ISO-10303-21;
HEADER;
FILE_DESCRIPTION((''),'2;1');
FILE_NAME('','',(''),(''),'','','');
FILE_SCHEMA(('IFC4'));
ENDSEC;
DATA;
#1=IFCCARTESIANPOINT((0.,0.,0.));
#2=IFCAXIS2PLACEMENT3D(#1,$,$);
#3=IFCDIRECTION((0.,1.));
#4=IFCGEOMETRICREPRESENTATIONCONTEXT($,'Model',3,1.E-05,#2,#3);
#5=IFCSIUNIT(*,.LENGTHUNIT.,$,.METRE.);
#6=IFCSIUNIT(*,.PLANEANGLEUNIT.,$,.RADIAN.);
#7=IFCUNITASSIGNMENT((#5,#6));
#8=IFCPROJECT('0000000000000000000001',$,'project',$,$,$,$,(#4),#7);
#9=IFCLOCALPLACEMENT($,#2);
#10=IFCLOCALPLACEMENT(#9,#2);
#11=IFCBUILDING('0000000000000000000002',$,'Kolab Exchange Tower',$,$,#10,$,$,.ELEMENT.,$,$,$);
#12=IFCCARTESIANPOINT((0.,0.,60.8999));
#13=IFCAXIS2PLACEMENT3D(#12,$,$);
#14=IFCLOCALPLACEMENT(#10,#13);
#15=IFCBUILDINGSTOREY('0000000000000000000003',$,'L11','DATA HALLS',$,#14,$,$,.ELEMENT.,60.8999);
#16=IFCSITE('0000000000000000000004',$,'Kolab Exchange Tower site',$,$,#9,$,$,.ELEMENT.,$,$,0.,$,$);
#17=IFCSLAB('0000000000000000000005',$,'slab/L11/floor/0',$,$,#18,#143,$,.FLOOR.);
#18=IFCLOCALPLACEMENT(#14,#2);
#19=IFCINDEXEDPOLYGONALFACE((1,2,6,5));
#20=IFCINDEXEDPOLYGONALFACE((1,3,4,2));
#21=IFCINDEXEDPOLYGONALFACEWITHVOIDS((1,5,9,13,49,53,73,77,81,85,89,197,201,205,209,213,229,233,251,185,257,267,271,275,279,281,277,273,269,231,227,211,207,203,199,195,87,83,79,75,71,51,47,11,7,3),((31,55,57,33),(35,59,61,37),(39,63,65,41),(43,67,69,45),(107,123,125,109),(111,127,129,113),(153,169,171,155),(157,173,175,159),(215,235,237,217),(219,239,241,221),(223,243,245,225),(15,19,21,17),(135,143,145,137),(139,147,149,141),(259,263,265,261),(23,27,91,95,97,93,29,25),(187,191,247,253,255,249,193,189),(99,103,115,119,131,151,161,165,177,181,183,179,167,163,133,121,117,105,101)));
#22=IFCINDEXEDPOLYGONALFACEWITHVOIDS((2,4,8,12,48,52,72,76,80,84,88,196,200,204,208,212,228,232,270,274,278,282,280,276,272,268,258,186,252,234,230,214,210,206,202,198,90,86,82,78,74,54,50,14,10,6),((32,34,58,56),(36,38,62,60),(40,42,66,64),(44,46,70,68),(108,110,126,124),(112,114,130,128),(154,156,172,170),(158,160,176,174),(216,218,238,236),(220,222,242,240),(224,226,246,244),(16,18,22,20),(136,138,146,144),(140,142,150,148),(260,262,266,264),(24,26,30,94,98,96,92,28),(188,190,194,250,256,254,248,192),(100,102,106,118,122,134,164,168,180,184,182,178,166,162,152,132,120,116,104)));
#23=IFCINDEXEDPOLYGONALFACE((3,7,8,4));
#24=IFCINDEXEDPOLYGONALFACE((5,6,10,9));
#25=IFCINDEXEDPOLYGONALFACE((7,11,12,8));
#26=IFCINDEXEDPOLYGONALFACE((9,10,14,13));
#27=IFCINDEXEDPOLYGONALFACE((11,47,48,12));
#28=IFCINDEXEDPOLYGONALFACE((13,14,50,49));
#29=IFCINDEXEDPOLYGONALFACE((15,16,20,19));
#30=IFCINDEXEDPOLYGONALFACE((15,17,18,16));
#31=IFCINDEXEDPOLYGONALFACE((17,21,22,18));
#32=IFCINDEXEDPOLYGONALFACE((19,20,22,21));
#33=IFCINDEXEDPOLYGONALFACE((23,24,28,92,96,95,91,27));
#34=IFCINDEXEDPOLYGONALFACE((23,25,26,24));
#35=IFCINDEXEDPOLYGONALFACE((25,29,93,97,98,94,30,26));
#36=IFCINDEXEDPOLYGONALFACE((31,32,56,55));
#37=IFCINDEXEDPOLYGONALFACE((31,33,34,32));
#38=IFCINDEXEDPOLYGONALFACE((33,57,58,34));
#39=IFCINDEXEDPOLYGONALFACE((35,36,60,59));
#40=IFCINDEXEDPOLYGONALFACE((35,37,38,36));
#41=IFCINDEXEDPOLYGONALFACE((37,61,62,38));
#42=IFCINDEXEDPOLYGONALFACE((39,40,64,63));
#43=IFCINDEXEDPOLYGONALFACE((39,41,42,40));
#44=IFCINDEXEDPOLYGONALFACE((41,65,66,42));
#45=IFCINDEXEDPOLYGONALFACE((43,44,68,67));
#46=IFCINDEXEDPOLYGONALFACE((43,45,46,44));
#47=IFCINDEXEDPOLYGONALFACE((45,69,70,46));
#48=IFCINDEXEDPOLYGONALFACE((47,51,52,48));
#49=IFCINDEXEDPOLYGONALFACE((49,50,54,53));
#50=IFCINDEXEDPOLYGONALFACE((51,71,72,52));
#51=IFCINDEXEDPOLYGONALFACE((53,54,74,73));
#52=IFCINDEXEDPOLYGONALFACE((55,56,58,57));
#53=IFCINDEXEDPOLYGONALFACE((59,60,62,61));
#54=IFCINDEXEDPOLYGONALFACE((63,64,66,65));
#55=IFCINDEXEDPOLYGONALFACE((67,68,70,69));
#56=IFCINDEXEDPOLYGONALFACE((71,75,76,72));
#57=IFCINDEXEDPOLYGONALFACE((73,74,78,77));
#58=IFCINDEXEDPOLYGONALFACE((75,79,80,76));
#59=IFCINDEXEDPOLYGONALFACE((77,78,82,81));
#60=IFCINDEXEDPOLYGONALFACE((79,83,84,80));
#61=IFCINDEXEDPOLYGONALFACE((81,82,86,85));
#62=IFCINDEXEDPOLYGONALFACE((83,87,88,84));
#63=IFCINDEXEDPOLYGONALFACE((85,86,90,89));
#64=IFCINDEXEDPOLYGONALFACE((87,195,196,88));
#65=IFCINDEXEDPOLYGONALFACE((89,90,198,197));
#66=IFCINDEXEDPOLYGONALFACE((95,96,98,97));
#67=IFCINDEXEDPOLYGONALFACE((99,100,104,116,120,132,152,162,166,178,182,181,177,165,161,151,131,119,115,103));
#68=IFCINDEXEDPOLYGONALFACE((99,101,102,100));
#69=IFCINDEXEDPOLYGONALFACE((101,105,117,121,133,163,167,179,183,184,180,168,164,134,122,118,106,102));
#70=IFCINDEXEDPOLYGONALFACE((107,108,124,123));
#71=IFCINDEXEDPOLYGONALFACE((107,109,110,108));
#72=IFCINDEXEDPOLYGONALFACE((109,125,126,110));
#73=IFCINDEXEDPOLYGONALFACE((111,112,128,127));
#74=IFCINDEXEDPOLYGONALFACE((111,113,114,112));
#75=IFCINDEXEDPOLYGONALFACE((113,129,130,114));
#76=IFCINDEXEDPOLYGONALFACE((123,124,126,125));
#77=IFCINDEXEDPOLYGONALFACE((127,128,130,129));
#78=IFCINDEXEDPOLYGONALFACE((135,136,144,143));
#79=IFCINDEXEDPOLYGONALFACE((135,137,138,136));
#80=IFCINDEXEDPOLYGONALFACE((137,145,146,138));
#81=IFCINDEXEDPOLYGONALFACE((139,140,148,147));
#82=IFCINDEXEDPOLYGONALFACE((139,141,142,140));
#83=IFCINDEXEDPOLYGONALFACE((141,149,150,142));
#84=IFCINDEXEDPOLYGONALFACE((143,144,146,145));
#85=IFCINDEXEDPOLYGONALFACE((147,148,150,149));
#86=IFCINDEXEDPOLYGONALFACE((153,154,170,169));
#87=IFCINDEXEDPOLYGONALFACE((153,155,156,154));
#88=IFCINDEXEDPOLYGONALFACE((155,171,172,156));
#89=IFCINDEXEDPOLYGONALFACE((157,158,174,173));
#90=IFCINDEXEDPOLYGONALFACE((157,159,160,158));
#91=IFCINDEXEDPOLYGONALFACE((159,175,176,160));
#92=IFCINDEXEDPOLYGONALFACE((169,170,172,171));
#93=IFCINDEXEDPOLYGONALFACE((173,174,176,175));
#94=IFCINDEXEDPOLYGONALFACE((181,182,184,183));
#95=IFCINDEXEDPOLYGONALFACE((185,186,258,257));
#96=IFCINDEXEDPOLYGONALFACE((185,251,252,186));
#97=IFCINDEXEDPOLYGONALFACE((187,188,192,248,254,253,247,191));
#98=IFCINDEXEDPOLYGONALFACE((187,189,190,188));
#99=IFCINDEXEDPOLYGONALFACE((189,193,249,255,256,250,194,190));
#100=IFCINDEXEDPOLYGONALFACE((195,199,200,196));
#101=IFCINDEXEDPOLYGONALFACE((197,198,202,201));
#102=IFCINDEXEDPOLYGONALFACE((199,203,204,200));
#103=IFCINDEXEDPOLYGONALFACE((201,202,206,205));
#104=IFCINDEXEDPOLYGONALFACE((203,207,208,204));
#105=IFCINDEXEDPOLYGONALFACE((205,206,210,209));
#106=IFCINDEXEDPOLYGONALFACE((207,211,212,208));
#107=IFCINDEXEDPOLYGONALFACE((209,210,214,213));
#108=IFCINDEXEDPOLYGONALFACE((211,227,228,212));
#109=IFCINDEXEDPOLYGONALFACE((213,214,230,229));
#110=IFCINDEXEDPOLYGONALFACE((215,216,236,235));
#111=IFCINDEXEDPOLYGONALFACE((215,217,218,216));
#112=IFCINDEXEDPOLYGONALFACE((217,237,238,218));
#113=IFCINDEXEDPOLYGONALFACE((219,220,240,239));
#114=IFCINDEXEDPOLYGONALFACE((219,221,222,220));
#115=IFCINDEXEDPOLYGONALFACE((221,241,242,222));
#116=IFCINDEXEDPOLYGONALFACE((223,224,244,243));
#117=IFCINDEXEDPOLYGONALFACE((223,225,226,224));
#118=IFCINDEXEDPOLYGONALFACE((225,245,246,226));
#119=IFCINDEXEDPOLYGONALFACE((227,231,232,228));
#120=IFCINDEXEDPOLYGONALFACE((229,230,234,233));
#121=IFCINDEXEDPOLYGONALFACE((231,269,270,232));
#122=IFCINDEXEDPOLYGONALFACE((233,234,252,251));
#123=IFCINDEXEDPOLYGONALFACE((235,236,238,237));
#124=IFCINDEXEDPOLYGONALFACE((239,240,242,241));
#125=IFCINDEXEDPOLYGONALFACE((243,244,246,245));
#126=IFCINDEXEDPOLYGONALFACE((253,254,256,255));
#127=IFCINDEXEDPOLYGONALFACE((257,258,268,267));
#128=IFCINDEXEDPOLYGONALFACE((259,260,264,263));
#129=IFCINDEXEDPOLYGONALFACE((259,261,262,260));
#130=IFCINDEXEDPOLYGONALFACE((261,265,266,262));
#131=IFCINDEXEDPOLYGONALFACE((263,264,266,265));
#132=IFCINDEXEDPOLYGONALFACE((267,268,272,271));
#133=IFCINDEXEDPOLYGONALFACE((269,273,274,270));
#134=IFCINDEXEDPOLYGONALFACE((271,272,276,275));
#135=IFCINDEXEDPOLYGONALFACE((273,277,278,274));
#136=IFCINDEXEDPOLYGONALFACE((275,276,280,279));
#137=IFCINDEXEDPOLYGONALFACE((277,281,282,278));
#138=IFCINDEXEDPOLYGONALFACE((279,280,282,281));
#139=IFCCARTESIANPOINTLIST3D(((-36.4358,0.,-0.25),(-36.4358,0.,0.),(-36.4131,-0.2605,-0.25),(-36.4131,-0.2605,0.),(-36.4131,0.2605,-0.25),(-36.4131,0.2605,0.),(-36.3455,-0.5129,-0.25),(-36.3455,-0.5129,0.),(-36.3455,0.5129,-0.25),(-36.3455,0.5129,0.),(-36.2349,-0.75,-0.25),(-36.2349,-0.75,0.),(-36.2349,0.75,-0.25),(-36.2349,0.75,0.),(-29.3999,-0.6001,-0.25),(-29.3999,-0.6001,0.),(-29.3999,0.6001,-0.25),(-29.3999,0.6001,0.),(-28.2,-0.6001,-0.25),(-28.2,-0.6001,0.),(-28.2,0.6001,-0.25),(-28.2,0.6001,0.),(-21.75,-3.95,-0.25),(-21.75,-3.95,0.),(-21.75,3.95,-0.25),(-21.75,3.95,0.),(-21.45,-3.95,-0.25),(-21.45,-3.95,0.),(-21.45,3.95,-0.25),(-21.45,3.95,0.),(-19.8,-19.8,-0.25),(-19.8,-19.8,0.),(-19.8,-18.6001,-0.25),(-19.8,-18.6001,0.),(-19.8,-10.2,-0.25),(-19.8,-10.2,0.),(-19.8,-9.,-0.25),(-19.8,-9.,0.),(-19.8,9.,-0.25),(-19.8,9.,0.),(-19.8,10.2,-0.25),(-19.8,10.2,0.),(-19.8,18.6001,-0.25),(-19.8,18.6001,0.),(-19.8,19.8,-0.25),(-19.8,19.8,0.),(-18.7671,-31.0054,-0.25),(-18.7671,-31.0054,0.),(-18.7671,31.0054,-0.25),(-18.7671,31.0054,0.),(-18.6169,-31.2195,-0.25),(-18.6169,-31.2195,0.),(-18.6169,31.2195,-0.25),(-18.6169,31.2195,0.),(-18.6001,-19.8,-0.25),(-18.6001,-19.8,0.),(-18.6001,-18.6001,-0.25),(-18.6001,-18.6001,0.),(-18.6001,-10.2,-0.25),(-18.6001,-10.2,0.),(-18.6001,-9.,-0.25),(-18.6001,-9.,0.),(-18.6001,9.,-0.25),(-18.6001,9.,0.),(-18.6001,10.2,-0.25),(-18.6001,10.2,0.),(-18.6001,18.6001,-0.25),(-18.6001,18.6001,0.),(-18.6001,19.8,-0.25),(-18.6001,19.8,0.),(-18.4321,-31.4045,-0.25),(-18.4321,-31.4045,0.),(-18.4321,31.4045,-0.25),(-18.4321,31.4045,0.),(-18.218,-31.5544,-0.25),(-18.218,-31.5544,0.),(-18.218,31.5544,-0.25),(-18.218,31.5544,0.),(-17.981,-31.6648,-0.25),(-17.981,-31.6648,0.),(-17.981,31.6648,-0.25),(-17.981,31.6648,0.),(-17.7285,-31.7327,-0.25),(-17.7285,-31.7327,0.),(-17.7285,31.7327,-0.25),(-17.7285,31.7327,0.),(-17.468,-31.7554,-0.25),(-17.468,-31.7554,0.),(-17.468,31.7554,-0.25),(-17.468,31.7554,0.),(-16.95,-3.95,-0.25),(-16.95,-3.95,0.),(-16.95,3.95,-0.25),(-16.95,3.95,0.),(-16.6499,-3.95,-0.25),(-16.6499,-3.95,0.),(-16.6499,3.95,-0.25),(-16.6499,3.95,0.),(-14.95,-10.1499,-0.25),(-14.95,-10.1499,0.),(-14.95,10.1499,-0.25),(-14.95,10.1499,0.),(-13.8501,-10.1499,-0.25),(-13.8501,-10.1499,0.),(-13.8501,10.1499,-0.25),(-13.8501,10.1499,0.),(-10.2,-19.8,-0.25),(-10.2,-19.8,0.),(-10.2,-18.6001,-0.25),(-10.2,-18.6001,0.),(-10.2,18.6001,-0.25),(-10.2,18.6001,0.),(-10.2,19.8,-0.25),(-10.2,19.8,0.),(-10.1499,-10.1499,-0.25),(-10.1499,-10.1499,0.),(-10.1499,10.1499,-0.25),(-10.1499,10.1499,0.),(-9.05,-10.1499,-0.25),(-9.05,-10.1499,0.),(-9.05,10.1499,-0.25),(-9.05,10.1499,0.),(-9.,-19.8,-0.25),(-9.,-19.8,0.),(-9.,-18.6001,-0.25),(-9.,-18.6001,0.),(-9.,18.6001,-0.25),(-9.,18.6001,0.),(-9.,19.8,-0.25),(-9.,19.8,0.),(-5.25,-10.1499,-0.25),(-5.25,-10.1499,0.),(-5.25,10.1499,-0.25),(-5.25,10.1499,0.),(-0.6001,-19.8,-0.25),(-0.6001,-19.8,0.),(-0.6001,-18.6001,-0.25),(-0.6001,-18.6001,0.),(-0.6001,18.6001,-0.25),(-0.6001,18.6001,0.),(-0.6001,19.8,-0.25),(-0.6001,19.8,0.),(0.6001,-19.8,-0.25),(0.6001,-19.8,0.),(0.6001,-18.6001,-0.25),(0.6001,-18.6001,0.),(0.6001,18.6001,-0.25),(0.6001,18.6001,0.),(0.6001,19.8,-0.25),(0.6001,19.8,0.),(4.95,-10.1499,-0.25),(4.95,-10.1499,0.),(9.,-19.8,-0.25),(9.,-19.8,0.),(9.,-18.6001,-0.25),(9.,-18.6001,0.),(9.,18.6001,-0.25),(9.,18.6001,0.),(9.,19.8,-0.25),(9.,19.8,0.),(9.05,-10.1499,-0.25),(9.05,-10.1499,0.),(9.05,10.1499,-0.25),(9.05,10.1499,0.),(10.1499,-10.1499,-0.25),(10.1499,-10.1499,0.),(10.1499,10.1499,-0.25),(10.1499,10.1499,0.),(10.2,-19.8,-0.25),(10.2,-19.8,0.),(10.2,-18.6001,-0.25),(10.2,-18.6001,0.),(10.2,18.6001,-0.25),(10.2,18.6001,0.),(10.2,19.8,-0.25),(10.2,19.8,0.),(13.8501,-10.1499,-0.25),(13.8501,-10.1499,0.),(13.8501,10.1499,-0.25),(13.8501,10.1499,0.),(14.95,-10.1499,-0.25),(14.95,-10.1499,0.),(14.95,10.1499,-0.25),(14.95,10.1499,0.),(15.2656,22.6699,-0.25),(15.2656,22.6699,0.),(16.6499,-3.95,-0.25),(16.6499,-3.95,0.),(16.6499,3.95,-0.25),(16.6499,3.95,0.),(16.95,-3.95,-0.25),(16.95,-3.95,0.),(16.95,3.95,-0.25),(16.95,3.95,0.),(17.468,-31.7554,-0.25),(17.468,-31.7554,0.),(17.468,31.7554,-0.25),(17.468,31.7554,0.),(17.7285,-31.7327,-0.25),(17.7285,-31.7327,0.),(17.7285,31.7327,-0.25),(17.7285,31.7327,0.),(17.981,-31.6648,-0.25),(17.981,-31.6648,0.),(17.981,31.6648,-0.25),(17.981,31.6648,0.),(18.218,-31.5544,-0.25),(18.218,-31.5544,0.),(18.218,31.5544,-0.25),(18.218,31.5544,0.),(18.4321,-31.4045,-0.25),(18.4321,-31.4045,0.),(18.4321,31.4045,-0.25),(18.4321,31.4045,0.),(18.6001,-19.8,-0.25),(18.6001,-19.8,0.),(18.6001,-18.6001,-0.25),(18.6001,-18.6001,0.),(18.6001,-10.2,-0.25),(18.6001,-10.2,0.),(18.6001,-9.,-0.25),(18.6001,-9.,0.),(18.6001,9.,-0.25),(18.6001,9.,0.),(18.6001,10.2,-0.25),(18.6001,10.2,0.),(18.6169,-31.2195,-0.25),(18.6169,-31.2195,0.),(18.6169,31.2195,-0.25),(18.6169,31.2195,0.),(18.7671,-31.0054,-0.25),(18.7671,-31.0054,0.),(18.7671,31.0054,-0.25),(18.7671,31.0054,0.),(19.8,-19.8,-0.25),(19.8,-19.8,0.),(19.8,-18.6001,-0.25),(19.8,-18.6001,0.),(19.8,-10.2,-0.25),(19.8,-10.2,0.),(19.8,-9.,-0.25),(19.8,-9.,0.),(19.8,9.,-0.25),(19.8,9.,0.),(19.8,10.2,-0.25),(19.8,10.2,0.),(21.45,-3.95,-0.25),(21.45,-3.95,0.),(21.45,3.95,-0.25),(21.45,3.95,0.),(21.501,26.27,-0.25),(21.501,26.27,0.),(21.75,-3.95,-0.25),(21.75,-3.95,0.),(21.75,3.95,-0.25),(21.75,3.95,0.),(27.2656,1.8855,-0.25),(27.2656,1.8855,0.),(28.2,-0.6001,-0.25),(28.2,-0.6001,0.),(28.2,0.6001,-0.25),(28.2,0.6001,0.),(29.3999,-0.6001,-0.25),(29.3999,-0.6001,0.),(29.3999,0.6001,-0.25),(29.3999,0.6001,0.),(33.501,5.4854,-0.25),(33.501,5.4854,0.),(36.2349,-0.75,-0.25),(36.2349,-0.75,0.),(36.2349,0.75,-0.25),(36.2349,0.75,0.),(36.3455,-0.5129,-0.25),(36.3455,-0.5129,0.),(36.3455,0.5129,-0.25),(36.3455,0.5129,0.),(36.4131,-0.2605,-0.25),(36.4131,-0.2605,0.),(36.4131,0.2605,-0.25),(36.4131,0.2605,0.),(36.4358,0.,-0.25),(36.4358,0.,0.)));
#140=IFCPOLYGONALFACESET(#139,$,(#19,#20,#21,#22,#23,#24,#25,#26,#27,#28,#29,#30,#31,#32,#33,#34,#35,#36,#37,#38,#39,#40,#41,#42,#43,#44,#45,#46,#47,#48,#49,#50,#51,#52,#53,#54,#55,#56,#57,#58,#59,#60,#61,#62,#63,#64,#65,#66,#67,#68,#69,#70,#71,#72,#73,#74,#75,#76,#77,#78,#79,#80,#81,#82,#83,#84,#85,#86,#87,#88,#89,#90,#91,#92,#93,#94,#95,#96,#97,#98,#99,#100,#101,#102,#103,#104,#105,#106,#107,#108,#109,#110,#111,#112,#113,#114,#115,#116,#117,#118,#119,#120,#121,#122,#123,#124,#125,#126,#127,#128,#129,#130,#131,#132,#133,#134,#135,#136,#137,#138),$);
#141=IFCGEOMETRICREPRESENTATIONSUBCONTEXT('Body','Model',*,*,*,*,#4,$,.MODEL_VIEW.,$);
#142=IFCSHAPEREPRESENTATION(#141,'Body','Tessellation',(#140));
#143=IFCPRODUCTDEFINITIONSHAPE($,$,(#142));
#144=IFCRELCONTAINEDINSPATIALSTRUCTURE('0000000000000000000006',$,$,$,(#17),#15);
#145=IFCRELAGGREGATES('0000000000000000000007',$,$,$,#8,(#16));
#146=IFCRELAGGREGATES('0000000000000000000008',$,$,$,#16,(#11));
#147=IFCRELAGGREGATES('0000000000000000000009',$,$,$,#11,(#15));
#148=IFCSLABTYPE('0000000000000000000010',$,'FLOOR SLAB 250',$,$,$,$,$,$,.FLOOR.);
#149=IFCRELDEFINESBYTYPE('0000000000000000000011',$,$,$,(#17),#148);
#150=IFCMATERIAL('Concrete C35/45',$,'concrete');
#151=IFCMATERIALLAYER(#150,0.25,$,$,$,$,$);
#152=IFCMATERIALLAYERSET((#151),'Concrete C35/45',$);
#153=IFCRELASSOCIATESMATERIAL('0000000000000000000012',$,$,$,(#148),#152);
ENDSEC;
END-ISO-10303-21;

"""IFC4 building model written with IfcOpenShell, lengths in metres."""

from ifc_helpers import new_model, si_unit, direction, frame, origin, place, context, subcontext, project, spatial, polyline, outline, extrude, material, layer, layer_set, type_object, element, save


model = new_model("IFC4")

# Units and contexts
model_context = context("Model", 3, precision=1e-05, world=origin(), true_north=direction((0.0, 1.0)))
body_context = subcontext(model_context, "Body", "Model", "MODEL_VIEW")
ifc_project = project(units=[si_unit("LENGTHUNIT", "METRE"), si_unit("PLANEANGLEUNIT", "RADIAN")], contexts=[model_context])

# Site, building, storey
site_placement = place(None, origin())
site = spatial("IfcSite", under=ifc_project, at=site_placement, Name="Kolab Exchange Tower site", CompositionType="ELEMENT", RefElevation=0.0)
building_placement = place(site_placement, origin())
building = spatial("IfcBuilding", under=site, at=building_placement, Name="Kolab Exchange Tower", CompositionType="ELEMENT")
storey_placement = place(building_placement, frame((0.0, 0.0, 60.8999)))
storey = spatial("IfcBuildingStorey", under=building, at=storey_placement, Name="L11", Description="DATA HALLS", CompositionType="ELEMENT", Elevation=60.8999)

# Slab
ifc_material_1 = material(Name="Concrete C35/45", Category="concrete")
ifc_layer_1 = layer(ifc_material_1, 0.25)
ifc_layer_set_1 = layer_set([ifc_layer_1], Name="Concrete C35/45")
slab_type = type_object("IfcSlabType", Name="FLOOR SLAB 250", PredefinedType="FLOOR", material=ifc_layer_set_1)
slab_1_placement = place(storey_placement, frame((0.0, 0.0, -0.25)))
element("IfcSlab", 1, at=slab_1_placement, inside=storey, type_object=slab_type, Name="slab/L11/floor/0", PredefinedType="FLOOR", context=body_context, shape_type="SweptSolid", body=[
    extrude(outline(polyline([(36.2349, 0.75), (33.501, 5.4854), (27.2656, 1.8855), (15.2656, 22.6699), (21.501, 26.27), (18.7671, 31.0054), (18.6169, 31.2195), (18.4321, 31.4045), (18.218, 31.5544), (17.981, 31.6648), (17.7285, 31.7327), (17.468, 31.7554), (-17.468, 31.7554), (-17.7285, 31.7327), (-17.981, 31.6648), (-18.218, 31.5544), (-18.4321, 31.4045), (-18.6169, 31.2195), (-18.7671, 31.0054), (-36.2349, 0.75), (-36.3455, 0.5129), (-36.4131, 0.2605), (-36.4358, 0.0), (-36.4131, -0.2605), (-36.3455, -0.5129), (-36.2349, -0.75), (-18.7671, -31.0054), (-18.6169, -31.2195), (-18.4321, -31.4045), (-18.218, -31.5544), (-17.981, -31.6648), (-17.7285, -31.7327), (-17.468, -31.7554), (17.468, -31.7554), (17.7285, -31.7327), (17.981, -31.6648), (18.218, -31.5544), (18.4321, -31.4045), (18.6169, -31.2195), (18.7671, -31.0054), (36.2349, -0.75), (36.3455, -0.5129), (36.4131, -0.2605), (36.4358, 0.0), (36.4131, 0.2605), (36.3455, 0.5129), (36.2349, 0.75)]), holes=[polyline([(-19.8, -18.6001), (-18.6001, -18.6001), (-18.6001, -19.8), (-19.8, -19.8), (-19.8, -18.6001)]), polyline([(-18.6001, -9.0), (-18.6001, -10.2), (-19.8, -10.2), (-19.8, -9.0), (-18.6001, -9.0)]), polyline([(-21.75, -3.95), (-21.75, 3.95), (-21.45, 3.95), (-16.95, 3.95), (-16.6499, 3.95), (-16.6499, -3.95), (-16.95, -3.95), (-21.45, -3.95), (-21.75, -3.95)]), polyline([(-14.95, 10.1499), (-13.8501, 10.1499), (-10.1499, 10.1499), (-9.05, 10.1499), (-5.25, 10.1499), (9.05, 10.1499), (10.1499, 10.1499), (13.8501, 10.1499), (14.95, 10.1499), (14.95, -10.1499), (13.8501, -10.1499), (10.1499, -10.1499), (9.05, -10.1499), (4.95, -10.1499), (-5.25, -10.1499), (-9.05, -10.1499), (-10.1499, -10.1499), (-13.8501, -10.1499), (-14.95, -10.1499), (-14.95, 10.1499)]), polyline([(-28.2, 0.6001), (-28.2, -0.6001), (-29.3999, -0.6001), (-29.3999, 0.6001), (-28.2, 0.6001)]), polyline([(-18.6001, 10.2), (-18.6001, 9.0), (-19.8, 9.0), (-19.8, 10.2), (-18.6001, 10.2)]), polyline([(-19.8, 19.8), (-18.6001, 19.8), (-18.6001, 18.6001), (-19.8, 18.6001), (-19.8, 19.8)]), polyline([(-9.0, -18.6001), (-9.0, -19.8), (-10.2, -19.8), (-10.2, -18.6001), (-9.0, -18.6001)]), polyline([(-9.0, 19.8), (-9.0, 18.6001), (-10.2, 18.6001), (-10.2, 19.8), (-9.0, 19.8)]), polyline([(0.6001, -18.6001), (0.6001, -19.8), (-0.6001, -19.8), (-0.6001, -18.6001), (0.6001, -18.6001)]), polyline([(0.6001, 19.8), (0.6001, 18.6001), (-0.6001, 18.6001), (-0.6001, 19.8), (0.6001, 19.8)]), polyline([(10.2, -18.6001), (10.2, -19.8), (9.0, -19.8), (9.0, -18.6001), (10.2, -18.6001)]), polyline([(9.0, 19.8), (10.2, 19.8), (10.2, 18.6001), (9.0, 18.6001), (9.0, 19.8)]), polyline([(19.8, -18.6001), (19.8, -19.8), (18.6001, -19.8), (18.6001, -18.6001), (19.8, -18.6001)]), polyline([(19.8, -9.0), (19.8, -10.2), (18.6001, -10.2), (18.6001, -9.0), (19.8, -9.0)]), polyline([(16.95, -3.95), (16.6499, -3.95), (16.6499, 3.95), (16.95, 3.95), (21.45, 3.95), (21.75, 3.95), (21.75, -3.95), (21.45, -3.95), (16.95, -3.95)]), polyline([(29.3999, 0.6001), (29.3999, -0.6001), (28.2, -0.6001), (28.2, 0.6001), (29.3999, 0.6001)]), polyline([(18.6001, 10.2), (19.8, 10.2), (19.8, 9.0), (18.6001, 9.0), (18.6001, 10.2)])]), origin(), (0.0, 0.0, 1.0), 0.25),
])

save(model, "model.ifc")
